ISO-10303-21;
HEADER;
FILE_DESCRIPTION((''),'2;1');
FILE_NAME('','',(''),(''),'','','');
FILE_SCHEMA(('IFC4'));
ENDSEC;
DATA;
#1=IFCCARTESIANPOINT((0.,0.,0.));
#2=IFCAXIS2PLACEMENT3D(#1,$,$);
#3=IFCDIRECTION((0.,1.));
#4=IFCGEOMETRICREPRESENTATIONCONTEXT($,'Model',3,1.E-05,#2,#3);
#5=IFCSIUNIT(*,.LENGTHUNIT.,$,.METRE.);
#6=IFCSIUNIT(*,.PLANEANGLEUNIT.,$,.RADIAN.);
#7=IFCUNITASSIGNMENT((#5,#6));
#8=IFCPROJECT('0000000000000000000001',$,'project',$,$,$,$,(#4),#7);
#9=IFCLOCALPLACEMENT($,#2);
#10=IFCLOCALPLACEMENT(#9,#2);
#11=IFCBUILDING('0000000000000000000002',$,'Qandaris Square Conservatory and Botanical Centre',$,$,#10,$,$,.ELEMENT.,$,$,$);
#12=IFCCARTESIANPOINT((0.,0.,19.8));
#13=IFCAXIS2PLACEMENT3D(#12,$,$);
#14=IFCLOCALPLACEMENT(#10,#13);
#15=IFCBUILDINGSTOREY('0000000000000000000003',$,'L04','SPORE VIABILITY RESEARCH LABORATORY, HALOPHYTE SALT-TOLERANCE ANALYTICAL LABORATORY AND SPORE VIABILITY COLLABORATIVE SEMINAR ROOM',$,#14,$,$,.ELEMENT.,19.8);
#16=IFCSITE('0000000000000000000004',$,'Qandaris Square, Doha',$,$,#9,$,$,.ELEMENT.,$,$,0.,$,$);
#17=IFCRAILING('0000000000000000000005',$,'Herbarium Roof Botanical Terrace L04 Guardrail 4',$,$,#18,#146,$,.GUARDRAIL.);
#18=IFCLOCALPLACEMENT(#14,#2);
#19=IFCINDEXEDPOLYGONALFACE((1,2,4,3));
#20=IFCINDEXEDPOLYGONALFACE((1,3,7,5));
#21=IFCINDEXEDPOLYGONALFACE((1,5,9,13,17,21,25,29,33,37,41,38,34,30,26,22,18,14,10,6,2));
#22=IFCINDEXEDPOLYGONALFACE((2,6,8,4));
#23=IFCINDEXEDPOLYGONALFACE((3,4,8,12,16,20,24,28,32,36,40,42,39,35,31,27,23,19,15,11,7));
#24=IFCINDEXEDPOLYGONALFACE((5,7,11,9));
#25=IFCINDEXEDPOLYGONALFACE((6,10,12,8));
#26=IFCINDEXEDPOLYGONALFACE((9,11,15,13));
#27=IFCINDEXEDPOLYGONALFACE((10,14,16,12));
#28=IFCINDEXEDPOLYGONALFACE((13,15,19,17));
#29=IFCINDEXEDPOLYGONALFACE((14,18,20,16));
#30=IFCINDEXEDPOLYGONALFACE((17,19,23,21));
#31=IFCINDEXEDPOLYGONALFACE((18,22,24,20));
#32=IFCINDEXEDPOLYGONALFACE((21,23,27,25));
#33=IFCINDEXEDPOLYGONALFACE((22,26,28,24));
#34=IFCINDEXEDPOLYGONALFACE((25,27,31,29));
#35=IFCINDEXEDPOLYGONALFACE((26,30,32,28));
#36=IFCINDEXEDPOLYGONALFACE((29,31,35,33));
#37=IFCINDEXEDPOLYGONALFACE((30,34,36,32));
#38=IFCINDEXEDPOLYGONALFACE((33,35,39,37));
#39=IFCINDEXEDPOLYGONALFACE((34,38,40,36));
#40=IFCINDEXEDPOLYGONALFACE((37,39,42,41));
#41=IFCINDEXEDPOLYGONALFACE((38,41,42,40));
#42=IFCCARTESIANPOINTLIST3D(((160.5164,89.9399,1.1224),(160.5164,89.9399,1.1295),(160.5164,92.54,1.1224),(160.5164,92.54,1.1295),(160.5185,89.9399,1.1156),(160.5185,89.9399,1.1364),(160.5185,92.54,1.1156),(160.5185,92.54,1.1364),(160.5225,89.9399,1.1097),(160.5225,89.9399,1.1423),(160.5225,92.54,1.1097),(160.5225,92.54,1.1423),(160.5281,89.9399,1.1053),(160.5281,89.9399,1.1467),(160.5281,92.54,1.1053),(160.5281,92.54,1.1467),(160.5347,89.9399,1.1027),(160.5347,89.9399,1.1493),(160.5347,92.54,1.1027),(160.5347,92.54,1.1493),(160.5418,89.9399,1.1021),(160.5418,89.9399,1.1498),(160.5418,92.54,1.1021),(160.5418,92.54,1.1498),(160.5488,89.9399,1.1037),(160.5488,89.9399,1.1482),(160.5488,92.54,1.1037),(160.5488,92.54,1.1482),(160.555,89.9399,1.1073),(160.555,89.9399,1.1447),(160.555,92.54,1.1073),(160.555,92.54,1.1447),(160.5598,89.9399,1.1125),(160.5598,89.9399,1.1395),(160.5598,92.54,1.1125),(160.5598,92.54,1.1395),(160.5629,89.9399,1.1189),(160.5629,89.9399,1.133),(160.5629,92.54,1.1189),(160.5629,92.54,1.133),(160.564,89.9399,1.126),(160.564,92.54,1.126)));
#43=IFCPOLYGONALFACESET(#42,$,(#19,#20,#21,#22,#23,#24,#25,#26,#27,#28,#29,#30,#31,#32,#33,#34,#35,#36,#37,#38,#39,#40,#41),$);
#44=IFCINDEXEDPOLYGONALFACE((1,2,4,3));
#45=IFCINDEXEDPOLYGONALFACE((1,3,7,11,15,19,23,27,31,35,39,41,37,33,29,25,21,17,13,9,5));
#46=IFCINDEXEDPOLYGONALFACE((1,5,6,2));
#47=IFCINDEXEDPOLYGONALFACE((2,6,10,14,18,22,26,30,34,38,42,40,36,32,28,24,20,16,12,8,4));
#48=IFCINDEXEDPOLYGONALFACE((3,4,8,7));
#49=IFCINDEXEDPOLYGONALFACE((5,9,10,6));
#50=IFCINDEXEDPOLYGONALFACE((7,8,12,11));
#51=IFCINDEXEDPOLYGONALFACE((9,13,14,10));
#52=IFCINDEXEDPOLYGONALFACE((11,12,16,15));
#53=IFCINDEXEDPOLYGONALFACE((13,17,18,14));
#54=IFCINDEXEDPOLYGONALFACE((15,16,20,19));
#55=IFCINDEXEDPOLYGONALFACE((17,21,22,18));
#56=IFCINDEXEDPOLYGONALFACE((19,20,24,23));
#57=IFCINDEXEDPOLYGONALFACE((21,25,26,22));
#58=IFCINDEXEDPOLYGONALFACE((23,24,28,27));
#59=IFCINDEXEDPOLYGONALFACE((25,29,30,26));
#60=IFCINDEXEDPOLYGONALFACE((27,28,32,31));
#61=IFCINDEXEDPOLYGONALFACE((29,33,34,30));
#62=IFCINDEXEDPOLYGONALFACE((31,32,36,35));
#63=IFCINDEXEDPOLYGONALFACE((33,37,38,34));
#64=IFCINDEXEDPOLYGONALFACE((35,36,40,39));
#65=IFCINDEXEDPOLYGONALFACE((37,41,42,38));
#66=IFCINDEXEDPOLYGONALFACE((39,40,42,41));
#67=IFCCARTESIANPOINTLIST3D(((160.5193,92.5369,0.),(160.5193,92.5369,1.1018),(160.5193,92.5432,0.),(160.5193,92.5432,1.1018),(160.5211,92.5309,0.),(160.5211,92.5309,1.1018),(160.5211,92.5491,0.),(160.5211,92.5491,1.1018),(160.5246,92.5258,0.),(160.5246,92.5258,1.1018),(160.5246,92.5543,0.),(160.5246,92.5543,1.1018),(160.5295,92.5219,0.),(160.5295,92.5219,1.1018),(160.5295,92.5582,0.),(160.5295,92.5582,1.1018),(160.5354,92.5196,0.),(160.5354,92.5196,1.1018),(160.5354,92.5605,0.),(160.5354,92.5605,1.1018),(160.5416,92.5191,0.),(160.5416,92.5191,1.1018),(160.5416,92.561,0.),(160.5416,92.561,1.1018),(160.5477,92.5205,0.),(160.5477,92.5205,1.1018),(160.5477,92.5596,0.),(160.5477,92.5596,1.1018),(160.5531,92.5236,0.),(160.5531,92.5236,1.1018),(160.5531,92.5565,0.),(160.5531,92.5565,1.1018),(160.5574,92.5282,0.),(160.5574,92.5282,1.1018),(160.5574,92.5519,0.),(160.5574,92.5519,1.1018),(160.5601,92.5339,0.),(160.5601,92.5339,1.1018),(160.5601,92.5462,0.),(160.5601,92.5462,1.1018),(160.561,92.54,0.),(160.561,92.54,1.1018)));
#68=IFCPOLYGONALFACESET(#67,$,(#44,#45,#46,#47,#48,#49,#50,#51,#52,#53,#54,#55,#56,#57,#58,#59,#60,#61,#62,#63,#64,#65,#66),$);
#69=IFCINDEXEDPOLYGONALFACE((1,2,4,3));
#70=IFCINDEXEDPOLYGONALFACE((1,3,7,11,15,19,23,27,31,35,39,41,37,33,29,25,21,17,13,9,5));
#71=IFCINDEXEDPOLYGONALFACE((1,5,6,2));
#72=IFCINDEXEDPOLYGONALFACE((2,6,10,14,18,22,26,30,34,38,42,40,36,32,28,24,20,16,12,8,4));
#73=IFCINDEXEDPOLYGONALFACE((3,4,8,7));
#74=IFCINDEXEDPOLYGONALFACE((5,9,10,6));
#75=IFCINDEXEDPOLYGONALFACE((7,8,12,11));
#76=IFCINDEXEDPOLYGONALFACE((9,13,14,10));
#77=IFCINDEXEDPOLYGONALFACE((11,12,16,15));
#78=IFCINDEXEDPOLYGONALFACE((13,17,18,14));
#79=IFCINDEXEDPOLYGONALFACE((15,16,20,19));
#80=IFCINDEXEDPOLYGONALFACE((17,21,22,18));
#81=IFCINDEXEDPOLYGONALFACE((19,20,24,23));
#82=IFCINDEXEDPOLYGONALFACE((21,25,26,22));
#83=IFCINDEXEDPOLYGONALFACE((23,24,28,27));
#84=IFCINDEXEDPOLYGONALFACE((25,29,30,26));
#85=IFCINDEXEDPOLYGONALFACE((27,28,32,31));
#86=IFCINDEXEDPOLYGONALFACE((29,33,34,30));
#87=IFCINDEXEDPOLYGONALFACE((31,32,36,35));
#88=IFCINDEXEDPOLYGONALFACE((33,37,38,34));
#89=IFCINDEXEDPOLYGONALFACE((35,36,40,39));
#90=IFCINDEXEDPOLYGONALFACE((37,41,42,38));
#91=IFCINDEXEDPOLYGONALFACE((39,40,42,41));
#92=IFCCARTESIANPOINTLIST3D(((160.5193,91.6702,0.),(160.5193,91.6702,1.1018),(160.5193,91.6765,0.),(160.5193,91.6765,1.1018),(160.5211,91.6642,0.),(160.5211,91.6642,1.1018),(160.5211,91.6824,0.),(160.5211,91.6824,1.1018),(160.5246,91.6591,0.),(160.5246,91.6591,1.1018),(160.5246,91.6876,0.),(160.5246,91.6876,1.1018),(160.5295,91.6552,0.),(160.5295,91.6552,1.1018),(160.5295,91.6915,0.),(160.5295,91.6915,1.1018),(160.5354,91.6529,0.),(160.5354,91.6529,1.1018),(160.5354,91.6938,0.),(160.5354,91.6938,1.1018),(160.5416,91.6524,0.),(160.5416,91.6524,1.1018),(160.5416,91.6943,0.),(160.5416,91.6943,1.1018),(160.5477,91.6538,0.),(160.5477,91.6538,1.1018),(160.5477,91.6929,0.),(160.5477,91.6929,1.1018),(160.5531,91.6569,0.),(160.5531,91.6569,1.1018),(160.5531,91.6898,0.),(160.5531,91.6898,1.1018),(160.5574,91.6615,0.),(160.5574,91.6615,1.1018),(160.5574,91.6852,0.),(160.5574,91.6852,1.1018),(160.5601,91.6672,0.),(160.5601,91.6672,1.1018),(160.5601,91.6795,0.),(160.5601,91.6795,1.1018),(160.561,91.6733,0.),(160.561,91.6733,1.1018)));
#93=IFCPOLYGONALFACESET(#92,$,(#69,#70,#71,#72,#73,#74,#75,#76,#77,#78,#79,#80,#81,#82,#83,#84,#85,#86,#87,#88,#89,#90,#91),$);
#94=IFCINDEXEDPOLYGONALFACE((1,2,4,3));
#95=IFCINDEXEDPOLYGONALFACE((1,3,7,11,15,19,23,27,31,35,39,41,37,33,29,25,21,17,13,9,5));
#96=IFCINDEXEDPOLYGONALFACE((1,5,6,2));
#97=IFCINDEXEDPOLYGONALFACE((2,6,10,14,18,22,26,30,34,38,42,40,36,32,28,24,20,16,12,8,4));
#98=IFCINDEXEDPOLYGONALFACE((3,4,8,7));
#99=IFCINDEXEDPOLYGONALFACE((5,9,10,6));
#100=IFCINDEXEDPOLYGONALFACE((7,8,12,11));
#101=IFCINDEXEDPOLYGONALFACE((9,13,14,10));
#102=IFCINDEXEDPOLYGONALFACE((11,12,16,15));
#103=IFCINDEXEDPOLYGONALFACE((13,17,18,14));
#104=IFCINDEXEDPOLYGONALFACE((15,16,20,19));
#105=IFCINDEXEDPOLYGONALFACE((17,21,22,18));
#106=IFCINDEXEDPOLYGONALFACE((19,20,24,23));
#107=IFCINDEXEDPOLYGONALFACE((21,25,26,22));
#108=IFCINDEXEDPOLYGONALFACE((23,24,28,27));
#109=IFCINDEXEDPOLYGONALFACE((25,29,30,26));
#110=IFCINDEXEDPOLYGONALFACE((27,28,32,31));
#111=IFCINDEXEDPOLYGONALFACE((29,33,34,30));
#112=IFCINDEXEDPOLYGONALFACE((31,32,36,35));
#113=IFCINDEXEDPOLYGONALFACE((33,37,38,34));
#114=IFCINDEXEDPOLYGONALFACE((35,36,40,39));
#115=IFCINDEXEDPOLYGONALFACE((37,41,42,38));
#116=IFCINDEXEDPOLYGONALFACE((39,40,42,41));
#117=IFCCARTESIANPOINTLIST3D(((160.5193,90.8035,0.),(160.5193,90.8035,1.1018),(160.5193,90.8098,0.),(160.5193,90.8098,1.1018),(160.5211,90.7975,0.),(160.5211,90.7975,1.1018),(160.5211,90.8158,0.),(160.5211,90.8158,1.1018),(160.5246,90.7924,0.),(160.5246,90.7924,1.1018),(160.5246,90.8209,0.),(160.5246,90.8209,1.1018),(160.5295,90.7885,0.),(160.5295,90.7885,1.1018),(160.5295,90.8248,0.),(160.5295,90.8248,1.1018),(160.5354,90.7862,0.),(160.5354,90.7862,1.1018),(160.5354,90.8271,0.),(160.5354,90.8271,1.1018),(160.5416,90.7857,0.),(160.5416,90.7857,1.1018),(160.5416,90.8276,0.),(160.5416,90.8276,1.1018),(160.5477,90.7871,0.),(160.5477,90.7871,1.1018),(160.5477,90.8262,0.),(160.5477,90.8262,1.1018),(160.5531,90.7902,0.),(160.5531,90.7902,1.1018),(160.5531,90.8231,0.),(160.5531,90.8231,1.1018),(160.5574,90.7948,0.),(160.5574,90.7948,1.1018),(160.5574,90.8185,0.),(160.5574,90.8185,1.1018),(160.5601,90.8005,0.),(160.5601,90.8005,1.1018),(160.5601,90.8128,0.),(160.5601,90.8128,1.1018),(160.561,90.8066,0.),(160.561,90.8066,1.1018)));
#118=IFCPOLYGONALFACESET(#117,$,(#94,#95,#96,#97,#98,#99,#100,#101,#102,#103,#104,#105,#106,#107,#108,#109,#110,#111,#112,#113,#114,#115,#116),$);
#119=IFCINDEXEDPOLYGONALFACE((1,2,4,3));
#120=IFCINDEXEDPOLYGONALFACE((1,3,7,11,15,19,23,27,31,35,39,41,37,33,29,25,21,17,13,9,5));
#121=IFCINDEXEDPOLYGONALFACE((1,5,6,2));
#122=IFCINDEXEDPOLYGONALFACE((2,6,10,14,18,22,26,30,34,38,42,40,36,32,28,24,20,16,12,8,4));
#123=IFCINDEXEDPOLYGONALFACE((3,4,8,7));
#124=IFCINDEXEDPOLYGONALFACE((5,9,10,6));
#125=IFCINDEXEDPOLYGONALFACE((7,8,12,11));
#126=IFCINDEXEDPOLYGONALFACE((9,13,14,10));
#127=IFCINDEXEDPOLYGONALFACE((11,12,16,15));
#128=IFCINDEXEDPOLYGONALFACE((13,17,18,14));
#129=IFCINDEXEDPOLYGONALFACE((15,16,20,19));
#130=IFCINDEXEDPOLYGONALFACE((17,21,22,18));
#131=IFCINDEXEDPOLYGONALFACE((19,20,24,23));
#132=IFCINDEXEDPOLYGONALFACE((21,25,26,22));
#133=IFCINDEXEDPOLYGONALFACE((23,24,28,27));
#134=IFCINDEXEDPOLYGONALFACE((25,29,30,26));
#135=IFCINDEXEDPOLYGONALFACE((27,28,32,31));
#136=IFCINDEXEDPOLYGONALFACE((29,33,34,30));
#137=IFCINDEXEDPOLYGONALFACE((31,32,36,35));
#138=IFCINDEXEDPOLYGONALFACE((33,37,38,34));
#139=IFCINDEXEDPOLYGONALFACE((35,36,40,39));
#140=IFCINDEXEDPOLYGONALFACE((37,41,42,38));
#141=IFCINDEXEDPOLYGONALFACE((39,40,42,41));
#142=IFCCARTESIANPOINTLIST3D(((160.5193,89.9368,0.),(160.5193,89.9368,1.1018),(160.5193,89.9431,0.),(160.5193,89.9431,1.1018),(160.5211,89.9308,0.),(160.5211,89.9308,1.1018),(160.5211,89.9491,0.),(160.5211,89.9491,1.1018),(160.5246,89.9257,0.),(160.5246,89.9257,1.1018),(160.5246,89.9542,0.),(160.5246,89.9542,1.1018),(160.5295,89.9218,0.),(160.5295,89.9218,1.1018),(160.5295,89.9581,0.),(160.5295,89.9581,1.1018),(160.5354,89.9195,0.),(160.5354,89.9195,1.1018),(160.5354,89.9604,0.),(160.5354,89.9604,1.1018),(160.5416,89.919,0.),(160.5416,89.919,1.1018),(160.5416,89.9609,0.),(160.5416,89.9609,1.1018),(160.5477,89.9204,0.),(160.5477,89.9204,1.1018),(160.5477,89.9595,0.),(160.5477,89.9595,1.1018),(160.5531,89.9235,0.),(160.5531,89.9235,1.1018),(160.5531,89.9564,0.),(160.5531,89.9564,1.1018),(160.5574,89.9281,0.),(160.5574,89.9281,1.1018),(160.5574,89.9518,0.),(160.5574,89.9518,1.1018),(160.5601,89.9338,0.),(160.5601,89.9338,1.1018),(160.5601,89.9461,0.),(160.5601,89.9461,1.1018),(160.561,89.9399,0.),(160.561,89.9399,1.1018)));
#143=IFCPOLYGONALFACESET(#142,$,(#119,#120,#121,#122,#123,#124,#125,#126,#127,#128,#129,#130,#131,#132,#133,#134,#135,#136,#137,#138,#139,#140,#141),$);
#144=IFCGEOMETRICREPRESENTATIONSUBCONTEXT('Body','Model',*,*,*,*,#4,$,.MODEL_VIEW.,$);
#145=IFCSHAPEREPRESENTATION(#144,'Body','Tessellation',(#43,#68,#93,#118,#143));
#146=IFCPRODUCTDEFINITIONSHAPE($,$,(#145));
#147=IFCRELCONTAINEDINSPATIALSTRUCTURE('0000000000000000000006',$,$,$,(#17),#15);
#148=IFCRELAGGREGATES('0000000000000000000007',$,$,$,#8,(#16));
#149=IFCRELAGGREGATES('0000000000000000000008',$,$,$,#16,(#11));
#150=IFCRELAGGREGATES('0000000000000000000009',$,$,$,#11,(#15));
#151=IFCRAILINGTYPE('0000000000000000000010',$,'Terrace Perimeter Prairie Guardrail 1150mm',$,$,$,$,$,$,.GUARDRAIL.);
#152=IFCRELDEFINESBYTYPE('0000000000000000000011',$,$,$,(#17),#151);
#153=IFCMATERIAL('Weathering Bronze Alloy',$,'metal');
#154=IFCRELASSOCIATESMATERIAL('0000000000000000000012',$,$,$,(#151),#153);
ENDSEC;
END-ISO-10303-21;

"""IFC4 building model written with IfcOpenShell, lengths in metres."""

from ifc_helpers import new_model, si_unit, direction, frame, origin, origin_2d, place, context, subcontext, project, spatial, circle, extrude, material, type_object, element, save


model = new_model("IFC4")

# Units and contexts
model_context = context("Model", 3, precision=1e-05, world=origin(), true_north=direction((0.0, 1.0)))
body_context = subcontext(model_context, "Body", "Model", "MODEL_VIEW")
ifc_project = project(units=[si_unit("LENGTHUNIT", "METRE"), si_unit("PLANEANGLEUNIT", "RADIAN")], contexts=[model_context])

# Site, building, storey
site_placement = place(None, origin())
site = spatial("IfcSite", under=ifc_project, at=site_placement, Name="Qandaris Square, Doha", CompositionType="ELEMENT", RefElevation=0.0)
building_placement = place(site_placement, origin())
building = spatial("IfcBuilding", under=site, at=building_placement, Name="Qandaris Square Conservatory and Botanical Centre", CompositionType="ELEMENT")
storey_placement = place(building_placement, frame((0.0, 0.0, 19.8)))
storey = spatial("IfcBuildingStorey", under=building, at=storey_placement, Name="L04", Description="SPORE VIABILITY RESEARCH LABORATORY, HALOPHYTE SALT-TOLERANCE ANALYTICAL LABORATORY AND SPORE VIABILITY COLLABORATIVE SEMINAR ROOM", CompositionType="ELEMENT", Elevation=19.8)

# Railing
ifc_material_1 = material(Name="Weathering Bronze Alloy", Category="metal")
railing_type = type_object("IfcRailingType", Name="Terrace Perimeter Prairie Guardrail 1150mm", PredefinedType="GUARDRAIL", material=ifc_material_1)
railing_1_placement = place(storey_placement, frame((160.54, 92.54, 0.0)))
element("IfcRailing", 1, at=railing_1_placement, inside=storey, type_object=railing_type, Name="Herbarium Roof Botanical Terrace L04 Guardrail 4", PredefinedType="GUARDRAIL", context=body_context, shape_type="SweptSolid", body=[
    extrude(circle(Radius=0.0239, at=origin_2d()), frame((0.0, 0.0, 1.126), z_axis=(0.0, -1.0, 0.0), x_axis=(1.0, 0.0, 0.0)), (0.0, 0.0, 1.0), 2.6001),
    extrude(circle(Radius=0.021, at=origin_2d()), origin(), (0.0, 0.0, 1.0), 1.1018),
    extrude(circle(Radius=0.021, at=origin_2d()), frame((0.0, -0.8667, 0.0)), (0.0, 0.0, 1.0), 1.1018),
    extrude(circle(Radius=0.021, at=origin_2d()), frame((0.0, -1.7334, 0.0)), (0.0, 0.0, 1.0), 1.1018),
    extrude(circle(Radius=0.021, at=origin_2d()), frame((0.0, -2.6001, 0.0)), (0.0, 0.0, 1.0), 1.1018),
])

save(model, "model.ifc")
